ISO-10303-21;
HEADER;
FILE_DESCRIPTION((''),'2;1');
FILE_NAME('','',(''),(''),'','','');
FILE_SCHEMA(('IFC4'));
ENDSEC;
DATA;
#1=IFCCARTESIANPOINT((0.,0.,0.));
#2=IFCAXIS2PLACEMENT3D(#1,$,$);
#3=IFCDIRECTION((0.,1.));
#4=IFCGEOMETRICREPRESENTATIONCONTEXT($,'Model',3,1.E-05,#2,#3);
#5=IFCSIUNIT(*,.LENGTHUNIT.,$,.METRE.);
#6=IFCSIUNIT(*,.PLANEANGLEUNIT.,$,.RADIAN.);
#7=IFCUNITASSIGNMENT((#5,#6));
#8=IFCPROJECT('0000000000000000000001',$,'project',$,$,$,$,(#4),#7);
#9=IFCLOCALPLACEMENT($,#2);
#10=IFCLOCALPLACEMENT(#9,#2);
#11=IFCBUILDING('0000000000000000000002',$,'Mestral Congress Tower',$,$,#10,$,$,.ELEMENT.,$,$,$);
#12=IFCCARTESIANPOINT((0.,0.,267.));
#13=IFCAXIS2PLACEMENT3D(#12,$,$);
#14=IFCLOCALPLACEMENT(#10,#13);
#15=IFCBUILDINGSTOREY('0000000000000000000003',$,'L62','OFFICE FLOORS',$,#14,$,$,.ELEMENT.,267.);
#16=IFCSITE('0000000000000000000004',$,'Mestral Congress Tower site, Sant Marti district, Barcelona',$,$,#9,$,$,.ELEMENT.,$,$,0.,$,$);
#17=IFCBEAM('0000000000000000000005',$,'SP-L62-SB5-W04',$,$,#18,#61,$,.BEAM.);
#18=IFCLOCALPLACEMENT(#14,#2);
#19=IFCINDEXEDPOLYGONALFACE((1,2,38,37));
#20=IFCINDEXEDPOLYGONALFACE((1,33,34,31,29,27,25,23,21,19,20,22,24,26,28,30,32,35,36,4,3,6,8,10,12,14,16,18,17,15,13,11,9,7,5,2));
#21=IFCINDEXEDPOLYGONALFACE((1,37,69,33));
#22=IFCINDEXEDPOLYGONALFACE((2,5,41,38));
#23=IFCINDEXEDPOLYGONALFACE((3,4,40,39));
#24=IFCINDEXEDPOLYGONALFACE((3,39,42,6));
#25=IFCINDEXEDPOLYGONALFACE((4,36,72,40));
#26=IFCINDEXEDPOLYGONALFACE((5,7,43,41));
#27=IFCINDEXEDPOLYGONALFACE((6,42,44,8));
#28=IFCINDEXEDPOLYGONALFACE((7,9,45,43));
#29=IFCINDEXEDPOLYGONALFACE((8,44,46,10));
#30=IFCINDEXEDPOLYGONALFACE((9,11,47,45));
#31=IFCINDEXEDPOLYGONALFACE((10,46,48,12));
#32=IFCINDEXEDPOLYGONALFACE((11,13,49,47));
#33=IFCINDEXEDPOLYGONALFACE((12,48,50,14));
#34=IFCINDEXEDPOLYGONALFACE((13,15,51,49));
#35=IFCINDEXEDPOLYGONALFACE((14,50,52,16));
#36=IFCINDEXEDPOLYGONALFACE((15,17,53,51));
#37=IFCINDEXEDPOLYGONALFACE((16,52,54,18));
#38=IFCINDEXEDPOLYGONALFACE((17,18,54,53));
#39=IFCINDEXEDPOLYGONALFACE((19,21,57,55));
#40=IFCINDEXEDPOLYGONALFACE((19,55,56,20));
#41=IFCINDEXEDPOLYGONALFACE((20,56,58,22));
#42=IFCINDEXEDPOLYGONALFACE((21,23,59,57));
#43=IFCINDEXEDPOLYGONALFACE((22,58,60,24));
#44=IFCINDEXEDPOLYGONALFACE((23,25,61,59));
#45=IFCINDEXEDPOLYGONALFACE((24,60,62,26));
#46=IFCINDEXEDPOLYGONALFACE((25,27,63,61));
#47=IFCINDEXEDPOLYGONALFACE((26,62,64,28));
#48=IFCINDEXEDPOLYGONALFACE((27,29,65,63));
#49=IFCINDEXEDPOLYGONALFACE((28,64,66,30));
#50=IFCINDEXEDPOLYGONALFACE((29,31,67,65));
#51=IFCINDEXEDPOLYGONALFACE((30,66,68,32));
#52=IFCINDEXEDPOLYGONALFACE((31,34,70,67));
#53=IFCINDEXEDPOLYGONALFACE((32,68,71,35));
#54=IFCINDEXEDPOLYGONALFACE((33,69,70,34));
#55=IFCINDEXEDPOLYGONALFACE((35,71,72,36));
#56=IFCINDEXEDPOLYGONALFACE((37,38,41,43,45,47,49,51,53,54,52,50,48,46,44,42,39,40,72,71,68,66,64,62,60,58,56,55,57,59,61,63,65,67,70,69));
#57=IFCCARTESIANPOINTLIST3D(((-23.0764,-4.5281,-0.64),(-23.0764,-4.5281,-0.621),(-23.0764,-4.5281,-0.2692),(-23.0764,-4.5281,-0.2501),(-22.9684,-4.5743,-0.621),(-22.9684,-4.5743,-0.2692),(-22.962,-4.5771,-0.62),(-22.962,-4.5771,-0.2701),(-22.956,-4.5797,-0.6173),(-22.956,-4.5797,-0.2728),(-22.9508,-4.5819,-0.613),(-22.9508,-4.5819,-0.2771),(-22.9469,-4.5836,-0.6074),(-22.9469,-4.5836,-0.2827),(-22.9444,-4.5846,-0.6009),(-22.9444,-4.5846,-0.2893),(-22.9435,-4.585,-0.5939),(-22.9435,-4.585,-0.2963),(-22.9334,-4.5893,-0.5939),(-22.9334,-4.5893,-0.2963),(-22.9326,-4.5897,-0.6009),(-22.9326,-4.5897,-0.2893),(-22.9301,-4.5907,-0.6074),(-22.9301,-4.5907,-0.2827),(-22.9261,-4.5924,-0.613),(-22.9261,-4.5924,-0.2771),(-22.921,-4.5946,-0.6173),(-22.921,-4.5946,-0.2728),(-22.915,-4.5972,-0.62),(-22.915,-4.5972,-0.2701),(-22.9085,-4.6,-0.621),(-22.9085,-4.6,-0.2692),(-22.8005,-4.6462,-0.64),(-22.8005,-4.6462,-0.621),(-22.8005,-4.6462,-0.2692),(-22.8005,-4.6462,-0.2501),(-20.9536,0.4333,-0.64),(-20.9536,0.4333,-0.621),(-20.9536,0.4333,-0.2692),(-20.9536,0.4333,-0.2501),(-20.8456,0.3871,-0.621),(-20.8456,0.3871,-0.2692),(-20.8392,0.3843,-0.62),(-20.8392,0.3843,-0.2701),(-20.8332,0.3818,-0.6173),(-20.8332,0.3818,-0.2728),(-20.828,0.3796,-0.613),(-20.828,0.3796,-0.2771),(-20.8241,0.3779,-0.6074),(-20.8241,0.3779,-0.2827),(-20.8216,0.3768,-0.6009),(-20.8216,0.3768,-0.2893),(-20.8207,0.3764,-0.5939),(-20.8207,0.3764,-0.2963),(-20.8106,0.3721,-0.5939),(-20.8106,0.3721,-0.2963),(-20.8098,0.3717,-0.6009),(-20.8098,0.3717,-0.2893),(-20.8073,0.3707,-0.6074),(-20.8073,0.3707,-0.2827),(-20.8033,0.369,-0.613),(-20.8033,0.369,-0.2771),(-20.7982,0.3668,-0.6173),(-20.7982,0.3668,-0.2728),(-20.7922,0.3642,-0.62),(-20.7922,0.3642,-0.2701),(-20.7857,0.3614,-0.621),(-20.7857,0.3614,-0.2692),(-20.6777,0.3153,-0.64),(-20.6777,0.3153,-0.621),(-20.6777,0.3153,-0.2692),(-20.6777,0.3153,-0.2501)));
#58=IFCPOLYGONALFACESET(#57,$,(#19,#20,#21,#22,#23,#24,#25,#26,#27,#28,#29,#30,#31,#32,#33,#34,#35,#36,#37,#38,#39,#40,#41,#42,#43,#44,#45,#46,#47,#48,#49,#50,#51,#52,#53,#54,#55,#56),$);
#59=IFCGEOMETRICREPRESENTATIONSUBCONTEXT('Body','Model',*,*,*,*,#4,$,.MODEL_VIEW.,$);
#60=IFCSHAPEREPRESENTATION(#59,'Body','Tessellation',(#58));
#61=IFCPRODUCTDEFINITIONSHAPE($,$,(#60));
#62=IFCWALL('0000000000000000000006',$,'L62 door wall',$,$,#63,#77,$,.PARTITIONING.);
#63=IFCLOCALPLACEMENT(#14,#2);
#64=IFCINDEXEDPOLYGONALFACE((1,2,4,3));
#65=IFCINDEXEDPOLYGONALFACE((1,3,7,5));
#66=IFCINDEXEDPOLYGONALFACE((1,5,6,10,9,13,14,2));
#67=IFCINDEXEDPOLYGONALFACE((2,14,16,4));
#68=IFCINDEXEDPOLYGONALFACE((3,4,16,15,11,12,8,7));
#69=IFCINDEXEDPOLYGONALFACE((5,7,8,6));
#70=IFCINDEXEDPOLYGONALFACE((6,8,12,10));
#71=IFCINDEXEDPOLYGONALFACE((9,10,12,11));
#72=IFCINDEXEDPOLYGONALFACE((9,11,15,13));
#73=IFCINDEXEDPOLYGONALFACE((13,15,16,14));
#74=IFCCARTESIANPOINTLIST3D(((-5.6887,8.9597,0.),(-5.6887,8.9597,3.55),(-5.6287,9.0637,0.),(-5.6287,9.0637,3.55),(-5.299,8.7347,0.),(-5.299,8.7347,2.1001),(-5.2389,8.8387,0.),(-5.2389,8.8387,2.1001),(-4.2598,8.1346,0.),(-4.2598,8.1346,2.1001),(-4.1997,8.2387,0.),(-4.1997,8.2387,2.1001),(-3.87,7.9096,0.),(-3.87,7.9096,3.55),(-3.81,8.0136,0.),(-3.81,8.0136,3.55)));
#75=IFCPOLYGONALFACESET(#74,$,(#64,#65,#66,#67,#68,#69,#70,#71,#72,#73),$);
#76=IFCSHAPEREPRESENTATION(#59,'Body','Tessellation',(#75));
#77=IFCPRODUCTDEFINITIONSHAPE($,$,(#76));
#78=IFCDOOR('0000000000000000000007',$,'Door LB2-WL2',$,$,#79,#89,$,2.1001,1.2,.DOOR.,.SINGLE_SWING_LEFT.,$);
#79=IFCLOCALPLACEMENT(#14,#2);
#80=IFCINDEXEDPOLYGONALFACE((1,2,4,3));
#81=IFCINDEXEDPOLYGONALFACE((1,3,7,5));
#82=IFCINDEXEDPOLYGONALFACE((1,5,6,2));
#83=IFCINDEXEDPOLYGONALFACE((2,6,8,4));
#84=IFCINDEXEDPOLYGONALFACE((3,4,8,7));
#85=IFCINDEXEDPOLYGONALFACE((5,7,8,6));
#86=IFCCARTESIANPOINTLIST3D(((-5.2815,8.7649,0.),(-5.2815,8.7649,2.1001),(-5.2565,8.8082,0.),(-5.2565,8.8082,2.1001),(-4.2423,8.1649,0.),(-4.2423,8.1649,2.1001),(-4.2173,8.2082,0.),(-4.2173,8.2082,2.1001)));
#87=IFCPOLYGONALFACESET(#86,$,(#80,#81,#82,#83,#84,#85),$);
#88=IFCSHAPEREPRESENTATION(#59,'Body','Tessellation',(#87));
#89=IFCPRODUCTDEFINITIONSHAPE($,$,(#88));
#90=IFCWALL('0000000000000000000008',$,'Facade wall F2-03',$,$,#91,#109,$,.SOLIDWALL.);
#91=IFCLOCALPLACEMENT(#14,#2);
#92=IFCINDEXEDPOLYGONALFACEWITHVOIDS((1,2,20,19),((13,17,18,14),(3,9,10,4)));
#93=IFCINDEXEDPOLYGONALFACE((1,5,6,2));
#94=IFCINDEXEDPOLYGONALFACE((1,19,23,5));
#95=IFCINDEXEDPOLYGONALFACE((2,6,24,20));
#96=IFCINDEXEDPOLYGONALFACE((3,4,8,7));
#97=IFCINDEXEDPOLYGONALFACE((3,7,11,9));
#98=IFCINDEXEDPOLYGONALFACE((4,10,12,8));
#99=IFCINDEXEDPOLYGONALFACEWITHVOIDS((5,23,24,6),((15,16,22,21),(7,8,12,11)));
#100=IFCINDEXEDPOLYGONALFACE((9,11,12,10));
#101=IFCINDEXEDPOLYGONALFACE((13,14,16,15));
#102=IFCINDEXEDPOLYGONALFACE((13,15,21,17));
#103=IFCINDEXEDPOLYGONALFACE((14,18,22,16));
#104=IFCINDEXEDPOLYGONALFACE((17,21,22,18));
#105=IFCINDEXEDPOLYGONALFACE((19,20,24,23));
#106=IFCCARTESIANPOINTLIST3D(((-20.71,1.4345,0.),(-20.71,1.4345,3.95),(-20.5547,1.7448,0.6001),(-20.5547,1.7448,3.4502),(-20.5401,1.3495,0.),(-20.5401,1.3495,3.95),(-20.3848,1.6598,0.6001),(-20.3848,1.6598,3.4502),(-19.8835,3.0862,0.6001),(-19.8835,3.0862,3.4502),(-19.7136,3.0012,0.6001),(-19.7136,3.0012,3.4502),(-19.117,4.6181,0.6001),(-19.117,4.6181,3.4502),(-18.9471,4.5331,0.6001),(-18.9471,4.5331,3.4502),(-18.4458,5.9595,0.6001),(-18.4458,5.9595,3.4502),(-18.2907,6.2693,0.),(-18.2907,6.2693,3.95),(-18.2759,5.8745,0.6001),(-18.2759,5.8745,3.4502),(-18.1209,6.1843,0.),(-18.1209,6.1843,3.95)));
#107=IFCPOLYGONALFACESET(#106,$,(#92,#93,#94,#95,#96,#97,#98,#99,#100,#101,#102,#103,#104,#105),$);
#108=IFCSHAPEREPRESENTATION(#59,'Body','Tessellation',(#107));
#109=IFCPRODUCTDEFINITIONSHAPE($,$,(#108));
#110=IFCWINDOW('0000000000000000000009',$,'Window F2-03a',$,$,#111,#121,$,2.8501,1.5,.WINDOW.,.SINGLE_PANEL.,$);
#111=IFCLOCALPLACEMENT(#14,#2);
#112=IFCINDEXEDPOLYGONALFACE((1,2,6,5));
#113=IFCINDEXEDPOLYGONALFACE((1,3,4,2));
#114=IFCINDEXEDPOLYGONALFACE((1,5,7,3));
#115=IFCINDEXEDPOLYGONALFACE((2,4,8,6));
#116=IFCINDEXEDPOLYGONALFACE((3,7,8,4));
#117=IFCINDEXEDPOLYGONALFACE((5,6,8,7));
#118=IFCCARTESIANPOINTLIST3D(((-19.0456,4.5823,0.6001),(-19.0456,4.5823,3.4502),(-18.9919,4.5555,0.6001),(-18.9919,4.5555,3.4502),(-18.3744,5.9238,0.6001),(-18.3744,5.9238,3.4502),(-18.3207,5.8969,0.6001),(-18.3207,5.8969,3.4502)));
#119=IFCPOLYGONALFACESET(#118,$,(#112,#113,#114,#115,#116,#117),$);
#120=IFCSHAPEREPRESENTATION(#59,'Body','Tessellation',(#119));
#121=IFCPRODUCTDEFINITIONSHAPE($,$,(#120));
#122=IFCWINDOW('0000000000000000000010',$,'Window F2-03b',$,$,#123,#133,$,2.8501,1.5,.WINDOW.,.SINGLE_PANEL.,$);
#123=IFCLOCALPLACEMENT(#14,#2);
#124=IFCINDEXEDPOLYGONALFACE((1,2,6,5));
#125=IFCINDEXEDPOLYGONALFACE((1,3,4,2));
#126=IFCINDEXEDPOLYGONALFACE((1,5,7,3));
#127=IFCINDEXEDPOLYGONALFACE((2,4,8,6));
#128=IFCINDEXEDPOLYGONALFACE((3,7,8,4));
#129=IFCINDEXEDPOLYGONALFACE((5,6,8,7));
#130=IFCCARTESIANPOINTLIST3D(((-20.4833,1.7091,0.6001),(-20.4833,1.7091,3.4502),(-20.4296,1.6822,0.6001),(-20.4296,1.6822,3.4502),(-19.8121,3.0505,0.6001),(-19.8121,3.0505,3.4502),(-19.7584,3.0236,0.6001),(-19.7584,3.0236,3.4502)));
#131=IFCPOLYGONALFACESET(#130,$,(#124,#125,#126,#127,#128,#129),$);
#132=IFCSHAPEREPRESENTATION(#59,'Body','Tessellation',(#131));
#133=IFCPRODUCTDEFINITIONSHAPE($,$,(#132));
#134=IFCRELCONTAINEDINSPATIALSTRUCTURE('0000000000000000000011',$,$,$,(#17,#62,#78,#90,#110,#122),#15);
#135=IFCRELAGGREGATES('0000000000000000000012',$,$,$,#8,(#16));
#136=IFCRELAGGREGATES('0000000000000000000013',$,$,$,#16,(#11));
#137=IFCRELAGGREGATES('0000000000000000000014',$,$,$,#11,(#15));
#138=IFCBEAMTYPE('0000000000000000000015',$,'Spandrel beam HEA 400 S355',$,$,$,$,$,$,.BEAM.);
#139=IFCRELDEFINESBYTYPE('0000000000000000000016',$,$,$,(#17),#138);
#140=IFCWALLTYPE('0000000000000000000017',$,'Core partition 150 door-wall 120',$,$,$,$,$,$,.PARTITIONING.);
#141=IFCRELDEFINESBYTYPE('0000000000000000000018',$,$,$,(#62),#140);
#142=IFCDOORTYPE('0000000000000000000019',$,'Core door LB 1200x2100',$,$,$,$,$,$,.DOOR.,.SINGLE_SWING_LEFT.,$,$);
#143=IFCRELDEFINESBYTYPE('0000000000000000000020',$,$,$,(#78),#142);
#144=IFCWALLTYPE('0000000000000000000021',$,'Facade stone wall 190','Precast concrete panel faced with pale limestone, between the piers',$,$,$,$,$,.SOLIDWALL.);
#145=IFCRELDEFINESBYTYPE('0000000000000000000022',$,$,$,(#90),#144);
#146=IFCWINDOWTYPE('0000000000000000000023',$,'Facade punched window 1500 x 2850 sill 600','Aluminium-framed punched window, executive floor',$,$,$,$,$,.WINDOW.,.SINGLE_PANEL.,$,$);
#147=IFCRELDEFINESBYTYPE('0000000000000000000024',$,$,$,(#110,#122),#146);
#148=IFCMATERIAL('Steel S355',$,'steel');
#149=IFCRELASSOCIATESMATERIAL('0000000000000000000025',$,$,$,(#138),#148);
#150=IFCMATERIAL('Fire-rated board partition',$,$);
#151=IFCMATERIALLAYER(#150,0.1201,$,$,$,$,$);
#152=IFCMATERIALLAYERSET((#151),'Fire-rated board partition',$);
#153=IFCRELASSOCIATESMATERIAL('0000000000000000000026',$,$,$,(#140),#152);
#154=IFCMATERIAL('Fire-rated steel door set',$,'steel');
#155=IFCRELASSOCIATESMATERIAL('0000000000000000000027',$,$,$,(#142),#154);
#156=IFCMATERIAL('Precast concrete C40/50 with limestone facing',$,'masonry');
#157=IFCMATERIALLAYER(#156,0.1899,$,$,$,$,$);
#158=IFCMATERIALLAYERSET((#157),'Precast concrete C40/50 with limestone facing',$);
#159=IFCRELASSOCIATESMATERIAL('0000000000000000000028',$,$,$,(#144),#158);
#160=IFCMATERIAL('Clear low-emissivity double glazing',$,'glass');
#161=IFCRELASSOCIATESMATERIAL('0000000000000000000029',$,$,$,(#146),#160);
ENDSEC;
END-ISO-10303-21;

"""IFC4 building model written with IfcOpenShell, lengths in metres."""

from ifc_helpers import new_model, si_unit, direction, frame, frame_2d, origin, origin_2d, place, context, subcontext, project, spatial, rectangle, i_section, extrude, material, layer, layer_set, material_profile, profile_set, type_object, element, fill, save


model = new_model("IFC4")

# Units and contexts
model_context = context("Model", 3, precision=1e-05, world=origin(), true_north=direction((0.0, 1.0)))
body_context = subcontext(model_context, "Body", "Model", "MODEL_VIEW")
ifc_project = project(units=[si_unit("LENGTHUNIT", "METRE"), si_unit("PLANEANGLEUNIT", "RADIAN")], contexts=[model_context])

# Site, building, storey
site_placement = place(None, origin())
site = spatial("IfcSite", under=ifc_project, at=site_placement, Name="Mestral Congress Tower site, Sant Marti district, Barcelona", CompositionType="ELEMENT", RefElevation=0.0)
building_placement = place(site_placement, origin())
building = spatial("IfcBuilding", under=site, at=building_placement, Name="Mestral Congress Tower", CompositionType="ELEMENT")
storey_placement = place(building_placement, frame((0.0, 0.0, 267.0)))
storey = spatial("IfcBuildingStorey", under=building, at=storey_placement, Name="L62", Description="OFFICE FLOORS", CompositionType="ELEMENT", Elevation=267.0)

# Beam
ifc_material_1 = material(Name="Steel S355", Category="steel")
ifc_material_profile_1 = material_profile(ifc_material_1, i_section(OverallWidth=0.3, OverallDepth=0.3899, WebThickness=0.011, FlangeThickness=0.019, FilletRadius=0.0271, at=origin_2d()), Name="HEA 400")
ifc_profile_set_1 = profile_set([ifc_material_profile_1], Name="Steel S355")
beam_type_1 = type_object("IfcBeamType", Name="Spandrel beam HEA 400 S355", PredefinedType="BEAM", material=ifc_profile_set_1)
beam_1_placement = place(storey_placement, frame((-20.8157, 0.3743, -0.4451), z_axis=(-0.393368, -0.919381, 0.0), x_axis=(0.919381, -0.393368, 0.0)))
element("IfcBeam", 1, at=beam_1_placement, inside=storey, type_object=beam_type_1, Name="SP-L62-SB5-W04", PredefinedType="BEAM", context=body_context, shape_type="SweptSolid", body=[
    extrude(i_section(OverallWidth=0.3, OverallDepth=0.3899, WebThickness=0.011, FlangeThickness=0.019, FilletRadius=0.0271, at=origin_2d()), origin(), (0.0, 0.0, 1.0), 5.3965),
])

# Wall, opening, door
ifc_material_2 = material(Name="Fire-rated board partition")
ifc_layer_1 = layer(ifc_material_2, 0.1201)
ifc_layer_set_1 = layer_set([ifc_layer_1], Name="Fire-rated board partition")
wall_type_1 = type_object("IfcWallType", Name="Core partition 150 door-wall 120", PredefinedType="PARTITIONING", material=ifc_layer_set_1)
wall_1_placement = place(storey_placement, frame((-5.6587, 9.0117, 0.0), z_axis=(0.0, 0.0, 1.0), x_axis=(0.866009, -0.500028, 0.0)))
wall_1 = element("IfcWall", 2, at=wall_1_placement, inside=storey, type_object=wall_type_1, Name="L62 door wall", PredefinedType="PARTITIONING", context=body_context, shape_type="SweptSolid", body=[
    extrude(rectangle(XDim=2.1001, YDim=0.1201, at=frame_2d((1.05, 0.0))), origin(), (0.0, 0.0, 1.0), 3.55),
])
opening_1_placement = place(wall_1_placement, frame((0.45, 0.0, 0.0)))
opening_1 = element("IfcOpeningElement", 3, at=opening_1_placement, cuts=wall_1, PredefinedType="OPENING", context=body_context, shape_type="SweptSolid", body=[
    extrude(rectangle(XDim=1.2, YDim=2.1001, at=frame_2d((0.6001, 1.05))), frame((0.0, 0.0701, 0.0), z_axis=(0.0, -1.0, 0.0), x_axis=(1.0, 0.0, 0.0)), (0.0, 0.0, 1.0), 0.1401),
])
ifc_material_3 = material(Name="Fire-rated steel door set", Category="steel")
door_type = type_object("IfcDoorType", Name="Core door LB 1200x2100", OperationType="SINGLE_SWING_LEFT", PredefinedType="DOOR", material=ifc_material_3)
door_placement = place(opening_1_placement, origin())
door = element("IfcDoor", 4, at=door_placement, inside=storey, type_object=door_type, Name="Door LB2-WL2", OperationType="SINGLE_SWING_LEFT", OverallHeight=2.1001, OverallWidth=1.2, PredefinedType="DOOR", context=body_context, shape_type="SweptSolid", body=[
    extrude(rectangle(XDim=1.2, YDim=2.1001, at=frame_2d((0.6001, 1.05))), frame((0.0, 0.0249, 0.0), z_axis=(0.0, -1.0, 0.0), x_axis=(1.0, 0.0, 0.0)), (0.0, 0.0, 1.0), 0.05),
])
fill(opening_1, door)

# Wall, openings, windows
ifc_material_4 = material(Name="Precast concrete C40/50 with limestone facing", Category="masonry")
ifc_layer_2 = layer(ifc_material_4, 0.1899)
ifc_layer_set_2 = layer_set([ifc_layer_2], Name="Precast concrete C40/50 with limestone facing")
wall_type_2 = type_object("IfcWallType", Name="Facade stone wall 190", Description="Precast concrete panel faced with pale limestone, between the piers", PredefinedType="SOLIDWALL", material=ifc_layer_set_2)
wall_2_placement = place(storey_placement, frame((-18.2058, 6.2268, 0.0), z_axis=(0.0, 0.0, 1.0), x_axis=(-0.447485, -0.894292, 0.0)))
wall_2 = element("IfcWall", 5, at=wall_2_placement, inside=storey, type_object=wall_type_2, Name="Facade wall F2-03", PredefinedType="SOLIDWALL", context=body_context, shape_type="SweptSolid", body=[
    extrude(rectangle(XDim=5.4062, YDim=0.1899, at=frame_2d((2.7031, 0.0))), origin(), (0.0, 0.0, 1.0), 3.95),
])
opening_2_placement = place(wall_2_placement, frame((0.3464, 0.0, 0.6001)))
opening_2 = element("IfcOpeningElement", 6, at=opening_2_placement, cuts=wall_2, PredefinedType="OPENING", context=body_context, shape_type="SweptSolid", body=[
    extrude(rectangle(XDim=1.5, YDim=2.8501, at=frame_2d((0.75, 1.425))), frame((0.0, 0.105, 0.0), z_axis=(0.0, -1.0, 0.0), x_axis=(1.0, 0.0, 0.0)), (0.0, 0.0, 1.0), 0.21),
])
opening_3_placement = place(wall_2_placement, frame((3.5593, 0.0, 0.6001)))
opening_3 = element("IfcOpeningElement", 7, at=opening_3_placement, cuts=wall_2, PredefinedType="OPENING", context=body_context, shape_type="SweptSolid", body=[
    extrude(rectangle(XDim=1.5, YDim=2.8501, at=frame_2d((0.75, 1.425))), frame((0.0, 0.105, 0.0), z_axis=(0.0, -1.0, 0.0), x_axis=(1.0, 0.0, 0.0)), (0.0, 0.0, 1.0), 0.21),
])
ifc_material_5 = material(Name="Clear low-emissivity double glazing", Category="glass")
window_type = type_object("IfcWindowType", Name="Facade punched window 1500 x 2850 sill 600", Description="Aluminium-framed punched window, executive floor", PartitioningType="SINGLE_PANEL", PredefinedType="WINDOW", material=ifc_material_5)
window_1_placement = place(opening_2_placement, origin())
window_1 = element("IfcWindow", 8, at=window_1_placement, inside=storey, type_object=window_type, Name="Window F2-03a", OverallHeight=2.8501, OverallWidth=1.5, PartitioningType="SINGLE_PANEL", PredefinedType="WINDOW", context=body_context, shape_type="SweptSolid", body=[
    extrude(rectangle(XDim=1.5, YDim=2.8501, at=frame_2d((0.75, 1.425))), frame((0.0, 0.0449, 0.0), z_axis=(0.0, -1.0, 0.0), x_axis=(1.0, 0.0, 0.0)), (0.0, 0.0, 1.0), 0.0601),
])
fill(opening_2, window_1)
window_2_placement = place(opening_3_placement, origin())
window_2 = element("IfcWindow", 9, at=window_2_placement, inside=storey, type_object=window_type, Name="Window F2-03b", OverallHeight=2.8501, OverallWidth=1.5, PartitioningType="SINGLE_PANEL", PredefinedType="WINDOW", context=body_context, shape_type="SweptSolid", body=[
    extrude(rectangle(XDim=1.5, YDim=2.8501, at=frame_2d((0.75, 1.425))), frame((0.0, 0.0449, 0.0), z_axis=(0.0, -1.0, 0.0), x_axis=(1.0, 0.0, 0.0)), (0.0, 0.0, 1.0), 0.0601),
])
fill(opening_3, window_2)

save(model, "model.ifc")
